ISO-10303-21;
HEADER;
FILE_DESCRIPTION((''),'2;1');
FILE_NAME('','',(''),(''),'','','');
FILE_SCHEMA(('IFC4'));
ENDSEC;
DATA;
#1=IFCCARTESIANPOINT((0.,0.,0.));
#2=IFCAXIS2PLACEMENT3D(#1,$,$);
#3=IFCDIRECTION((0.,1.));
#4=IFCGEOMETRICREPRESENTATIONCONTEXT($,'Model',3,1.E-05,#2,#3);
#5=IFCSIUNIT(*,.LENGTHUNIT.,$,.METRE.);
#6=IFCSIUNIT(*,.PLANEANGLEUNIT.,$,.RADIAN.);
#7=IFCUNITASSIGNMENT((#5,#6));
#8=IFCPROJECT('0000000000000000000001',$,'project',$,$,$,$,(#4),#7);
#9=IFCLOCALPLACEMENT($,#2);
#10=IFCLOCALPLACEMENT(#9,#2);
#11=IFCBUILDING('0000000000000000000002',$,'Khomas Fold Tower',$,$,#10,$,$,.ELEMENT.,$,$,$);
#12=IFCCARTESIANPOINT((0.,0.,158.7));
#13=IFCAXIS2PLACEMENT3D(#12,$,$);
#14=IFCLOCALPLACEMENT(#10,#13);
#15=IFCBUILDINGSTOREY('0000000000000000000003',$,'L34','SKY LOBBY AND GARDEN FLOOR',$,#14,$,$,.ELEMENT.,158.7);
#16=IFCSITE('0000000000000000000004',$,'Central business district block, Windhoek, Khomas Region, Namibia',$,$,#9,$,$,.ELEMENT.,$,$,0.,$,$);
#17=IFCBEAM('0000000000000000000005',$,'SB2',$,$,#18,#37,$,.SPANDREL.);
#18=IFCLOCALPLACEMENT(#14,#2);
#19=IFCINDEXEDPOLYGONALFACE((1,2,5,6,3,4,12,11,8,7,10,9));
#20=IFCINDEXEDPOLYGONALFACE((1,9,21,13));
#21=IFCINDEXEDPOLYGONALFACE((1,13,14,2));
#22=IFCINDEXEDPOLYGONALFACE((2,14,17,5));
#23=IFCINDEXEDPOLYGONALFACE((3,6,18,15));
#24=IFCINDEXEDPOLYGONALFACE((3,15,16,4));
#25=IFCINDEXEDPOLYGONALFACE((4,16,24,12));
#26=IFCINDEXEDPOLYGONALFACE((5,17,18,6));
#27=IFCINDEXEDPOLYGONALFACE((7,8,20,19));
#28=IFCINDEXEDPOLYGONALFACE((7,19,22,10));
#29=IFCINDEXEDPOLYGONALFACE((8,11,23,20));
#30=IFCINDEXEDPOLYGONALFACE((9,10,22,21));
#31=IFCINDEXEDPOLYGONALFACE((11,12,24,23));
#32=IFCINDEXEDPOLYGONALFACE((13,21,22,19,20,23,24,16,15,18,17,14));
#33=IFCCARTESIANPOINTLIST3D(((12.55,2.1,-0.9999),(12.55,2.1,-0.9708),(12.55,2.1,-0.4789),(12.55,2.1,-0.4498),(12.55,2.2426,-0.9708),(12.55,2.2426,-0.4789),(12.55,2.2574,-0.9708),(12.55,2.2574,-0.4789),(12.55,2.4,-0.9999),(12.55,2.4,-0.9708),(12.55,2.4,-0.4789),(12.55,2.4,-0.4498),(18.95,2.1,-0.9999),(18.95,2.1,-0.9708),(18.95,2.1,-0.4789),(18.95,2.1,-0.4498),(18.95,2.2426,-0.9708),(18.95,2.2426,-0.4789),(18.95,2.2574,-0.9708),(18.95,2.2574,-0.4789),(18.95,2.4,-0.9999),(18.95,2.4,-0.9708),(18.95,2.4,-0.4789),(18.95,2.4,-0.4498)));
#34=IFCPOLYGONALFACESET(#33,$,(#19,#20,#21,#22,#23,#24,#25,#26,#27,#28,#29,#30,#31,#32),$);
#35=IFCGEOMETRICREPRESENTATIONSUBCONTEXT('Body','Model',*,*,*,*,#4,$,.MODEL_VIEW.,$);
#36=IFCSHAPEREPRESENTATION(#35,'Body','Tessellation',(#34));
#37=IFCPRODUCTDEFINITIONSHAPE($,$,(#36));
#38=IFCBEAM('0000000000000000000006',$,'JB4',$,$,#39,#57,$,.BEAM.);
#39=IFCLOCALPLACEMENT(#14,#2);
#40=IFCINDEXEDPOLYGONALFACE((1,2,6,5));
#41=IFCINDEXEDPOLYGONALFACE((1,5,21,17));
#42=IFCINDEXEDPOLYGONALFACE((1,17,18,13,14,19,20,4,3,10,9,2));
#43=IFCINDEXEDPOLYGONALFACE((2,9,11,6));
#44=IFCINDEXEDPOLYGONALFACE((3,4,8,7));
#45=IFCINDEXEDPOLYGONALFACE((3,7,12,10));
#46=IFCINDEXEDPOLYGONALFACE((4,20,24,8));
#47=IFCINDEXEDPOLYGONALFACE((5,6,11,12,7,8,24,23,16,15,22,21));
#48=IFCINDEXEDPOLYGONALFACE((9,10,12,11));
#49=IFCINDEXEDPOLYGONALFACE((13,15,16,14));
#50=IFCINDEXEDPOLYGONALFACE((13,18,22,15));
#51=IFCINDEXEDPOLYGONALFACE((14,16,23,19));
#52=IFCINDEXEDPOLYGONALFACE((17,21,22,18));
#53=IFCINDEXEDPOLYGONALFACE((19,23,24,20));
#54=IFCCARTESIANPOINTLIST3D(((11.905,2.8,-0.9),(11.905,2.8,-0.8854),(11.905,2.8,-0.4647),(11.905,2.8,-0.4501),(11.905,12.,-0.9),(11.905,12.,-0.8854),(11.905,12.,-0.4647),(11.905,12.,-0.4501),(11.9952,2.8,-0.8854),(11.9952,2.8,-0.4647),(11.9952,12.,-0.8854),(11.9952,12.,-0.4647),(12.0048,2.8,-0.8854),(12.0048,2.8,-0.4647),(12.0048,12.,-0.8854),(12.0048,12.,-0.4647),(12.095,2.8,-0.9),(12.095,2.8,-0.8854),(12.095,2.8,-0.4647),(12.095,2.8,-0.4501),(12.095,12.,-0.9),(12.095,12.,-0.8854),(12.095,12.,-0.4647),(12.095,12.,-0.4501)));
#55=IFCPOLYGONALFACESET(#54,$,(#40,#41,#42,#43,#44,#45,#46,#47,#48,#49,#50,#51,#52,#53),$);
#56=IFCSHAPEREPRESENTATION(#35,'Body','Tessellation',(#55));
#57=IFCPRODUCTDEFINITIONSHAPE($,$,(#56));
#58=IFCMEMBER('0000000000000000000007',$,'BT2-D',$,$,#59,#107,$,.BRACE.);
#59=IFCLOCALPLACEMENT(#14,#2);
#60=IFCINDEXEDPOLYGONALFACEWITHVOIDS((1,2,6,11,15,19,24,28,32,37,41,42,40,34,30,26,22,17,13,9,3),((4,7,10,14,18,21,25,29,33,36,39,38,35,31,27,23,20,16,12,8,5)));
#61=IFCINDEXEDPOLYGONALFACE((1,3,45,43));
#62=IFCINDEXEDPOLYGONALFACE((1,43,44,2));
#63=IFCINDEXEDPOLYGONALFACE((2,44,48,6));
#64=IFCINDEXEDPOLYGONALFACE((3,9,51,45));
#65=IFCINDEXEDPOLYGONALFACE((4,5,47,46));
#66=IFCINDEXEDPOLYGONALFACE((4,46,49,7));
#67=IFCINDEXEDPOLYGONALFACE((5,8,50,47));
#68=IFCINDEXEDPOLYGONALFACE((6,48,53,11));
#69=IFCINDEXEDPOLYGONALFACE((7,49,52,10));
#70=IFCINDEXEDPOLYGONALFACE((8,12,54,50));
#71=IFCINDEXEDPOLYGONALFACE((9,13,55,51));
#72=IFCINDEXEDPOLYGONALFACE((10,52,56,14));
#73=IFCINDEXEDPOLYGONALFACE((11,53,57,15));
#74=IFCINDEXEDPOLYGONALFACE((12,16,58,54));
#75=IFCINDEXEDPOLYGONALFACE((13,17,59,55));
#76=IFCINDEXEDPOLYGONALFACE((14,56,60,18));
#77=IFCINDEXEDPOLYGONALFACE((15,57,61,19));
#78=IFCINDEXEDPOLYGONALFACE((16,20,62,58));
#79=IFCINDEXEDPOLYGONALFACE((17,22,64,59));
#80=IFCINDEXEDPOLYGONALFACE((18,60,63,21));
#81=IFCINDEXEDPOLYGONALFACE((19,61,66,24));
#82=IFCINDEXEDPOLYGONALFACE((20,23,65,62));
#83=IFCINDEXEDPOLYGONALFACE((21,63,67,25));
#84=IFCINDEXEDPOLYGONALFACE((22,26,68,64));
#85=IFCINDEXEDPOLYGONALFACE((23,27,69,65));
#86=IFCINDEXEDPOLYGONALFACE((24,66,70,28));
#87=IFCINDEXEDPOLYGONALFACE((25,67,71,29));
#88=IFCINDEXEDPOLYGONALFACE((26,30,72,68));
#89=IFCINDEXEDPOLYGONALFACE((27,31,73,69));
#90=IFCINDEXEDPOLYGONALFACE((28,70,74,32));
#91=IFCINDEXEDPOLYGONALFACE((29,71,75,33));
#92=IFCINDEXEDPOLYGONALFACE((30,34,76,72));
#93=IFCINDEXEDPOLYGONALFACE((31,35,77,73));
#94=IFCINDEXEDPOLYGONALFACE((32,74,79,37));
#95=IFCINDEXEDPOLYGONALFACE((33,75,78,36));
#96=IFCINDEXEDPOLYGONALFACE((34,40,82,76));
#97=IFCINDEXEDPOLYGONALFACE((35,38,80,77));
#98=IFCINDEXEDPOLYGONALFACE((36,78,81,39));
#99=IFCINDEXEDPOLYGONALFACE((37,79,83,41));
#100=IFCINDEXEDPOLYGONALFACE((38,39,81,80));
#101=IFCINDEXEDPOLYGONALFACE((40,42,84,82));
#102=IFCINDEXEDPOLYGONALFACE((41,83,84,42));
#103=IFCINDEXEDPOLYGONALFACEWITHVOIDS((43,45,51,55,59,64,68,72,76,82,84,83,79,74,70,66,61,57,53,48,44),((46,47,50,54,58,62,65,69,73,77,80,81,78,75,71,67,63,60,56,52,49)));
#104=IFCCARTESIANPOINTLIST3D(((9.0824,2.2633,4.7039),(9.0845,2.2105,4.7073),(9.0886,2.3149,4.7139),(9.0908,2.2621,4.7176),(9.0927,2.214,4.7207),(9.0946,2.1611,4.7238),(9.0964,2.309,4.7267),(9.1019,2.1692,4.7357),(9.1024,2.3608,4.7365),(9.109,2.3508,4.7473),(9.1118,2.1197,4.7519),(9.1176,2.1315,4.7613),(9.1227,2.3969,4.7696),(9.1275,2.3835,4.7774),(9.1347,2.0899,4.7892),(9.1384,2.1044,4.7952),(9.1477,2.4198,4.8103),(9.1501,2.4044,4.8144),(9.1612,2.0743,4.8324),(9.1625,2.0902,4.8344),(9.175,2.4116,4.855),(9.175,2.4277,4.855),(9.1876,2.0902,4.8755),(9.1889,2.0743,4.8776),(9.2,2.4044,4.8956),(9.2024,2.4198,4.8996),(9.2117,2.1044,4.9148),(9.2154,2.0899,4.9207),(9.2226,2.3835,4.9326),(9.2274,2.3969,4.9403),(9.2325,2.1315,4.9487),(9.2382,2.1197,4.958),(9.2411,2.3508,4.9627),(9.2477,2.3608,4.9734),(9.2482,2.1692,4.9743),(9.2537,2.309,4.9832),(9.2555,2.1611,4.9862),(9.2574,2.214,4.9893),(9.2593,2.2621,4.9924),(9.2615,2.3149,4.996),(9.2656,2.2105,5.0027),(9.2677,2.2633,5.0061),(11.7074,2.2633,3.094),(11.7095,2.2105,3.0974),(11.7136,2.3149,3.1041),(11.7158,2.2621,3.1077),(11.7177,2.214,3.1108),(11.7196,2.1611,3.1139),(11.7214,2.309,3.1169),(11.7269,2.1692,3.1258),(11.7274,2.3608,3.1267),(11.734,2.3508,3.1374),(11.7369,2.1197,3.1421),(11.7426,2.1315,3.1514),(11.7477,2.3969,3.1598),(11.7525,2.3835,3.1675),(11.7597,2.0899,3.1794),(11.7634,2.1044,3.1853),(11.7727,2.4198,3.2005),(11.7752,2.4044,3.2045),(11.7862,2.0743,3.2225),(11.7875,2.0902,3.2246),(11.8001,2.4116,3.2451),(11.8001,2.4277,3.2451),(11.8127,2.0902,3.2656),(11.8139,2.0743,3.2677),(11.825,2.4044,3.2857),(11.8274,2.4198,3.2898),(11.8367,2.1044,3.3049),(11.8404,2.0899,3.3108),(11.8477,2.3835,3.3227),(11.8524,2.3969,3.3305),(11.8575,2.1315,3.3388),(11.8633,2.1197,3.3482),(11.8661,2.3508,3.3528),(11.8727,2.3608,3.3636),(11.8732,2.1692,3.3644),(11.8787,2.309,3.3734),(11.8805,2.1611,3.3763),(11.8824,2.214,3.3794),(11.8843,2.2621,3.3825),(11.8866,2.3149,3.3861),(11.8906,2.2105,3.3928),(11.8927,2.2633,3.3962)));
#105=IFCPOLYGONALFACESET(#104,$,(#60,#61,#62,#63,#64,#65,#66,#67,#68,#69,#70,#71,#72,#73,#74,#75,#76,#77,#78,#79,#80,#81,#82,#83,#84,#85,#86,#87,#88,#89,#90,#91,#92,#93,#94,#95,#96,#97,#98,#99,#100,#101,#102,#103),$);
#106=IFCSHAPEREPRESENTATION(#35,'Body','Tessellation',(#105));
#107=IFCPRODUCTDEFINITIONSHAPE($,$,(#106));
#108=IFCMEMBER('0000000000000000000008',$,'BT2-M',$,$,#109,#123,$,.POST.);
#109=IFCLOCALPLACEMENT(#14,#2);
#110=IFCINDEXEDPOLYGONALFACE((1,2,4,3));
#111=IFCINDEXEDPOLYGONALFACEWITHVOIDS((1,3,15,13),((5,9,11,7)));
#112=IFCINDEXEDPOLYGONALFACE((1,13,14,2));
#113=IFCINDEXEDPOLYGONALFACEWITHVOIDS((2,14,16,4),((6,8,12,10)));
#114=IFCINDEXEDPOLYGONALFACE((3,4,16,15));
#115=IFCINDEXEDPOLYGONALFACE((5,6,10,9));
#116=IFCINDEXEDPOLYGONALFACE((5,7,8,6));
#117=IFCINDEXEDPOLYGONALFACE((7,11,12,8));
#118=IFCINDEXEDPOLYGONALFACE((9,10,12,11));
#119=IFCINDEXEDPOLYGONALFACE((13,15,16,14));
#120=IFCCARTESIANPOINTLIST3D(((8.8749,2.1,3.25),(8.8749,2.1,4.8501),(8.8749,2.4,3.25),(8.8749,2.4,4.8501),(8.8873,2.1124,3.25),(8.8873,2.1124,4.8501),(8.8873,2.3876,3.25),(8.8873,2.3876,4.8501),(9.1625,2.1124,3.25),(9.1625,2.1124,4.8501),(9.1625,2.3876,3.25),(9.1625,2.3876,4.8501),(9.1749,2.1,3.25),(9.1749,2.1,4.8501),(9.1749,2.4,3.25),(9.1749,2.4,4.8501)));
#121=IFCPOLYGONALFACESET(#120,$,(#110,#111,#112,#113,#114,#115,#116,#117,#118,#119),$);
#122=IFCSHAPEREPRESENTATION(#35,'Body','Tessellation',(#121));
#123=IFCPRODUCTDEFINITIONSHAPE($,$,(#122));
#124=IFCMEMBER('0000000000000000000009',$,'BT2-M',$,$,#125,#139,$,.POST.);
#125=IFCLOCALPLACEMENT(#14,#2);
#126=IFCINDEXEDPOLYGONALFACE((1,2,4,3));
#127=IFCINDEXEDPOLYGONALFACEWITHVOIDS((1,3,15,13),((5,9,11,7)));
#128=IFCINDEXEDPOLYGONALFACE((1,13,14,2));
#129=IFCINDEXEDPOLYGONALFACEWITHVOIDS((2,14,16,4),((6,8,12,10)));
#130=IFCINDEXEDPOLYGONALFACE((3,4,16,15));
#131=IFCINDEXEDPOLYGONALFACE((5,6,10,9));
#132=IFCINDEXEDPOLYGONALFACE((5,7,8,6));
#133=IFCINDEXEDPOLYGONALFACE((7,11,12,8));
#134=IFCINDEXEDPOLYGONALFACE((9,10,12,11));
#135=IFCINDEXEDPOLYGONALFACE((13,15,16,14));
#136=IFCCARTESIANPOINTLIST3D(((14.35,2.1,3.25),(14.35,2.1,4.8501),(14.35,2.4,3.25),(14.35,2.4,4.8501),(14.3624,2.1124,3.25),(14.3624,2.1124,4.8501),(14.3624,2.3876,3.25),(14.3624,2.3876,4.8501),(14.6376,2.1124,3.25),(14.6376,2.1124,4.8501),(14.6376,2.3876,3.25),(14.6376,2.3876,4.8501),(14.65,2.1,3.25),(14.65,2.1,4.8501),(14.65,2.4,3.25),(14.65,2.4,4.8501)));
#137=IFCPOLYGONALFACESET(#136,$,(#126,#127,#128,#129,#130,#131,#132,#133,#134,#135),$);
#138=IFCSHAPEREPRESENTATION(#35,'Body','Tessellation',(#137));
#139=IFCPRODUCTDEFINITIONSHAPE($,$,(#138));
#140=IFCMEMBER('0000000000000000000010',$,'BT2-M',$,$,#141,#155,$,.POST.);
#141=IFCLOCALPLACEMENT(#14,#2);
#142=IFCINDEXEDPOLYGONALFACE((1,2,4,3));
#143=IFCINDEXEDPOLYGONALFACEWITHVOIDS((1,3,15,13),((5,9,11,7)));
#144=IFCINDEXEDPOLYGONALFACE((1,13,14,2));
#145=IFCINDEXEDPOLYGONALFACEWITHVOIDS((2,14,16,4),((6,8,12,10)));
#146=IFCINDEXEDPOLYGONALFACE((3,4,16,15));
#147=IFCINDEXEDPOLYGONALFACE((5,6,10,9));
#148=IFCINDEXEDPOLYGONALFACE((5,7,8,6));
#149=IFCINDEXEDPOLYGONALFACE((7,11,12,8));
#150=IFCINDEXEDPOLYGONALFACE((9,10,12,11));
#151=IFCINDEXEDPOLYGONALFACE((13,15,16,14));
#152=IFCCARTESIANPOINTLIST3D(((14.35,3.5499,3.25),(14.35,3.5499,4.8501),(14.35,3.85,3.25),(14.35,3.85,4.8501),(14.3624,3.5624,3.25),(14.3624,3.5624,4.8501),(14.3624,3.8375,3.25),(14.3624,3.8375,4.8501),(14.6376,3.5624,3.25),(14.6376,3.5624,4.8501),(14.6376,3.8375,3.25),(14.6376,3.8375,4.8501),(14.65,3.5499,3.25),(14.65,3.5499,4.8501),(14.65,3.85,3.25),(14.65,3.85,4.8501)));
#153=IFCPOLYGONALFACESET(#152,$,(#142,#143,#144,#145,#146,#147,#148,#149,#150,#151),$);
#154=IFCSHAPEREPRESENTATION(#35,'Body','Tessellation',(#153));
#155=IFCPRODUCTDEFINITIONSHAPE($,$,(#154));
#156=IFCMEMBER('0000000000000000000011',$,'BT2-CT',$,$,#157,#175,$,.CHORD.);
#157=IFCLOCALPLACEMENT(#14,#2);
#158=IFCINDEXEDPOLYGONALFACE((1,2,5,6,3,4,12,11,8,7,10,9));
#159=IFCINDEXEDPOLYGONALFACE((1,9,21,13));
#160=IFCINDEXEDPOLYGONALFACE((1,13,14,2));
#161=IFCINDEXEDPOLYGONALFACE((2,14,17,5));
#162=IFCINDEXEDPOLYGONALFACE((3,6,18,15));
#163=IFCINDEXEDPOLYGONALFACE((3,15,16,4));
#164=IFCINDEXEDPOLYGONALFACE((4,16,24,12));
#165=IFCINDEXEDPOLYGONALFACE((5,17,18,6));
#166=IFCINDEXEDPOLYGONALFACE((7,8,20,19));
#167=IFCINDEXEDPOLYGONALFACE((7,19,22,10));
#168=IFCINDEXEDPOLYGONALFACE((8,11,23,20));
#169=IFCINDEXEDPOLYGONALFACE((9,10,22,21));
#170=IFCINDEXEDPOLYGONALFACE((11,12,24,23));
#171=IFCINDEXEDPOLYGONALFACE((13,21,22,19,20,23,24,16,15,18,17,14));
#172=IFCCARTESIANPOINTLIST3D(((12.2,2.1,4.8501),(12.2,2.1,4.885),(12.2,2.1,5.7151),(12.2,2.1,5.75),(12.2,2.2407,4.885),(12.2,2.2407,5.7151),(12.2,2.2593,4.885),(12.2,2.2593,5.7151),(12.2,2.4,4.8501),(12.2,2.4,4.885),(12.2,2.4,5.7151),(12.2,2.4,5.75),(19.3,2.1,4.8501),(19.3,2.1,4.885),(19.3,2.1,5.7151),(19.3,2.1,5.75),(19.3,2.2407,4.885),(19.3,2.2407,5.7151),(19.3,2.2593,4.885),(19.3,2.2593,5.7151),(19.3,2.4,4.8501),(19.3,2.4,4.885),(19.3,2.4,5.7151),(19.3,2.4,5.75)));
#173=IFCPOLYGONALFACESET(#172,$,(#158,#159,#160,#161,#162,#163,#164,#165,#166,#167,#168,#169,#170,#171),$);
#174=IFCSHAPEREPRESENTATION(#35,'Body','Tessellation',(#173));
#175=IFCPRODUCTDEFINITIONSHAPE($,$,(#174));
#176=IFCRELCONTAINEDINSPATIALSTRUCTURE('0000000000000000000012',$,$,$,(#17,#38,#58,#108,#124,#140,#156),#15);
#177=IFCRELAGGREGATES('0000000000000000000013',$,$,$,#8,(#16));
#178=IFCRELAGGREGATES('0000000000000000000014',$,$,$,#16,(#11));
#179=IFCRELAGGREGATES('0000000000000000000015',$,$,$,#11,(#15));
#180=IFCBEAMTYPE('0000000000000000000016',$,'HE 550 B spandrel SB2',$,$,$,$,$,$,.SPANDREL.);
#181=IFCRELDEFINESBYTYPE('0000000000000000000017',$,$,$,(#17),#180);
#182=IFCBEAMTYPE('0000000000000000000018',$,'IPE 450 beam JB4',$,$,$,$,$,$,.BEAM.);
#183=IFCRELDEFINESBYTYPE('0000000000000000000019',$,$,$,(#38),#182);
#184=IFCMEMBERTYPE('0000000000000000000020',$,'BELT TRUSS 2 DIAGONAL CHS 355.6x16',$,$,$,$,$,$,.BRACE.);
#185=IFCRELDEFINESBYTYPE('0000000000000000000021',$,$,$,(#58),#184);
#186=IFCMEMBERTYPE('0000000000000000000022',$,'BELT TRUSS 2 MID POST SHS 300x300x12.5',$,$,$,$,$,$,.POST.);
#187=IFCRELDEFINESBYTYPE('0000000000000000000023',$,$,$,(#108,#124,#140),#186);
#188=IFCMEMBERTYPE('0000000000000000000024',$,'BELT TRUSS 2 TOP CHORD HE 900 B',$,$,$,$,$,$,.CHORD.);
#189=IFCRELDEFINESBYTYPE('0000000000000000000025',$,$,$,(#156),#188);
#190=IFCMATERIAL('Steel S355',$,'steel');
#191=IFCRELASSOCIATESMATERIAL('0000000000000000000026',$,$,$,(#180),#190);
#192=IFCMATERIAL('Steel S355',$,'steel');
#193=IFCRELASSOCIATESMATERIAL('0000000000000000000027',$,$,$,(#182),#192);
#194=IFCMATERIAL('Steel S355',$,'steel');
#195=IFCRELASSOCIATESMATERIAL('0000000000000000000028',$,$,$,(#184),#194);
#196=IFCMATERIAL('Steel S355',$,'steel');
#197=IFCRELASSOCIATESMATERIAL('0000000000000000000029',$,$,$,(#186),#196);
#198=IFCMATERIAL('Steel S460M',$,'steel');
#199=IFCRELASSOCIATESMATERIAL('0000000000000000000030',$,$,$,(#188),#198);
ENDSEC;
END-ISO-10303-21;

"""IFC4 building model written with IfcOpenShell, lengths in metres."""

from ifc_helpers import new_model, si_unit, direction, frame, origin, origin_2d, place, context, subcontext, project, spatial, hollow_rectangle, hollow_circle, i_section, extrude, source, transform, mapped, material, material_profile, profile_set, type_object, element, save


model = new_model("IFC4")

# Units and contexts
model_context = context("Model", 3, precision=1e-05, world=origin(), true_north=direction((0.0, 1.0)))
body_context = subcontext(model_context, "Body", "Model", "MODEL_VIEW")
ifc_project = project(units=[si_unit("LENGTHUNIT", "METRE"), si_unit("PLANEANGLEUNIT", "RADIAN")], contexts=[model_context])

# Site, building, storey
site_placement = place(None, origin())
site = spatial("IfcSite", under=ifc_project, at=site_placement, Name="Central business district block, Windhoek, Khomas Region, Namibia", CompositionType="ELEMENT", RefElevation=0.0)
building_placement = place(site_placement, origin())
building = spatial("IfcBuilding", under=site, at=building_placement, Name="Khomas Fold Tower", CompositionType="ELEMENT")
storey_placement = place(building_placement, frame((0.0, 0.0, 158.7)))
storey = spatial("IfcBuildingStorey", under=building, at=storey_placement, Name="L34", Description="SKY LOBBY AND GARDEN FLOOR", CompositionType="ELEMENT", Elevation=158.7)

# Beams
ifc_material_1 = material(Name="Steel S355", Category="steel")
ifc_material_profile_1 = material_profile(ifc_material_1, i_section(OverallWidth=0.3, OverallDepth=0.55, WebThickness=0.0149, FlangeThickness=0.0291, at=origin_2d()), Name="HE 550 B")
ifc_profile_set_1 = profile_set([ifc_material_profile_1], Name="Steel S355")
beam_type_1 = type_object("IfcBeamType", Name="HE 550 B spandrel SB2", PredefinedType="SPANDREL", material=ifc_profile_set_1)
shared_shape_1 = source(origin(), body_context, "Body", "SweptSolid", [
    extrude(i_section(OverallWidth=0.3, OverallDepth=0.55, WebThickness=0.0149, FlangeThickness=0.0291, at=origin_2d()), origin(), (0.0, 0.0, 1.0), 6.3999),
])
beam_1_placement = place(storey_placement, frame((12.55, 2.25, -0.7249), z_axis=(1.0, 0.0, 0.0), x_axis=(0.0, 1.0, 0.0)))
element("IfcBeam", 1, at=beam_1_placement, inside=storey, type_object=beam_type_1, Name="SB2", PredefinedType="SPANDREL", context=body_context, shape_type="MappedRepresentation", body=[
    mapped(shared_shape_1, transform((0.0, 0.0, 0.0))),
])
ifc_material_2 = material(Name="Steel S355", Category="steel")
ifc_material_profile_2 = material_profile(ifc_material_2, i_section(OverallWidth=0.1899, OverallDepth=0.45, WebThickness=0.0095, FlangeThickness=0.0146, at=origin_2d()), Name="IPE 450")
ifc_profile_set_2 = profile_set([ifc_material_profile_2], Name="Steel S355")
beam_type_2 = type_object("IfcBeamType", Name="IPE 450 beam JB4", PredefinedType="BEAM", material=ifc_profile_set_2)
shared_shape_2 = source(origin(), body_context, "Body", "SweptSolid", [
    extrude(i_section(OverallWidth=0.1899, OverallDepth=0.45, WebThickness=0.0095, FlangeThickness=0.0146, at=origin_2d()), origin(), (0.0, 0.0, 1.0), 9.2),
])
beam_2_placement = place(storey_placement, frame((12.0, 2.8, -0.675), z_axis=(0.0, 1.0, 0.0), x_axis=(-1.0, 0.0, 0.0)))
element("IfcBeam", 2, at=beam_2_placement, inside=storey, type_object=beam_type_2, Name="JB4", PredefinedType="BEAM", context=body_context, shape_type="MappedRepresentation", body=[
    mapped(shared_shape_2, transform((0.0, 0.0, 0.0))),
])

# Members
ifc_material_3 = material(Name="Steel S355", Category="steel")
ifc_material_profile_3 = material_profile(ifc_material_3, hollow_circle(Radius=0.1777, WallThickness=0.0161, at=origin_2d()), Name="CHS 355.6x16")
ifc_profile_set_3 = profile_set([ifc_material_profile_3], Name="Steel S355")
member_type_1 = type_object("IfcMemberType", Name="BELT TRUSS 2 DIAGONAL CHS 355.6x16", PredefinedType="BRACE", material=ifc_profile_set_3)
shared_shape_3 = source(origin(), body_context, "Body", "SweptSolid", [
    extrude(hollow_circle(Radius=0.1777, WallThickness=0.0161, at=origin_2d()), origin(), (0.0, 0.0, 1.0), 3.0793),
])
member_1_placement = place(storey_placement, frame((9.175, 2.25, 4.855), z_axis=(0.852458, 0.0, -0.522796), x_axis=(0.0, 1.0, 0.0)))
element("IfcMember", 3, at=member_1_placement, inside=storey, type_object=member_type_1, Name="BT2-D", PredefinedType="BRACE", context=body_context, shape_type="MappedRepresentation", body=[
    mapped(shared_shape_3, transform((0.0, 0.0, 0.0))),
])
ifc_material_4 = material(Name="Steel S355", Category="steel")
ifc_material_profile_4 = material_profile(ifc_material_4, hollow_rectangle(XDim=0.3, YDim=0.3, WallThickness=0.0125, at=origin_2d()), Name="SHS 300x300x12.5")
ifc_profile_set_4 = profile_set([ifc_material_profile_4], Name="Steel S355")
member_type_2 = type_object("IfcMemberType", Name="BELT TRUSS 2 MID POST SHS 300x300x12.5", PredefinedType="POST", material=ifc_profile_set_4)
shared_shape_4 = source(origin(), body_context, "Body", "SweptSolid", [
    extrude(hollow_rectangle(XDim=0.3, YDim=0.3, WallThickness=0.0125, at=origin_2d()), origin(), (0.0, 0.0, 1.0), 1.6001),
])
for number, where, z_axis, x_axis, name in (
    (4, (9.0249, 2.25, 3.25), (0.0, 0.0, 1.0), (1.0, 0.0, 0.0), "BT2-M"),
    (5, (14.5, 2.25, 3.25), (0.0, 0.0, 1.0), (1.0, 0.0, 0.0), "BT2-M"),
    (6, (14.5, 3.7, 3.25), (0.0, 0.0, 1.0), (1.0, 0.0, 0.0), "BT2-M"),
):
    element("IfcMember", number, at=place(storey_placement, frame(where, z_axis=z_axis, x_axis=x_axis)), inside=storey, type_object=member_type_2, Name=name, PredefinedType="POST", context=body_context, shape_type="MappedRepresentation", body=[
        mapped(shared_shape_4, transform((0.0, 0.0, 0.0))),
    ])
ifc_material_5 = material(Name="Steel S460M", Category="steel")
ifc_material_profile_5 = material_profile(ifc_material_5, i_section(OverallWidth=0.3, OverallDepth=0.8999, WebThickness=0.0186, FlangeThickness=0.0349, at=origin_2d()), Name="HE 900 B")
ifc_profile_set_5 = profile_set([ifc_material_profile_5], Name="Steel S460M")
member_type_3 = type_object("IfcMemberType", Name="BELT TRUSS 2 TOP CHORD HE 900 B", PredefinedType="CHORD", material=ifc_profile_set_5)
shared_shape_5 = source(origin(), body_context, "Body", "SweptSolid", [
    extrude(i_section(OverallWidth=0.3, OverallDepth=0.8999, WebThickness=0.0186, FlangeThickness=0.0349, at=origin_2d()), origin(), (0.0, 0.0, 1.0), 7.1001),
])
for number, where, z_axis, x_axis, name in (
    (7, (12.2, 2.25, 5.3), (1.0, 0.0, 0.0), (0.0, 1.0, 0.0), "BT2-CT"),
):
    element("IfcMember", number, at=place(storey_placement, frame(where, z_axis=z_axis, x_axis=x_axis)), inside=storey, type_object=member_type_3, Name=name, PredefinedType="CHORD", context=body_context, shape_type="MappedRepresentation", body=[
        mapped(shared_shape_5, transform((0.0, 0.0, 0.0))),
    ])

save(model, "model.ifc")
